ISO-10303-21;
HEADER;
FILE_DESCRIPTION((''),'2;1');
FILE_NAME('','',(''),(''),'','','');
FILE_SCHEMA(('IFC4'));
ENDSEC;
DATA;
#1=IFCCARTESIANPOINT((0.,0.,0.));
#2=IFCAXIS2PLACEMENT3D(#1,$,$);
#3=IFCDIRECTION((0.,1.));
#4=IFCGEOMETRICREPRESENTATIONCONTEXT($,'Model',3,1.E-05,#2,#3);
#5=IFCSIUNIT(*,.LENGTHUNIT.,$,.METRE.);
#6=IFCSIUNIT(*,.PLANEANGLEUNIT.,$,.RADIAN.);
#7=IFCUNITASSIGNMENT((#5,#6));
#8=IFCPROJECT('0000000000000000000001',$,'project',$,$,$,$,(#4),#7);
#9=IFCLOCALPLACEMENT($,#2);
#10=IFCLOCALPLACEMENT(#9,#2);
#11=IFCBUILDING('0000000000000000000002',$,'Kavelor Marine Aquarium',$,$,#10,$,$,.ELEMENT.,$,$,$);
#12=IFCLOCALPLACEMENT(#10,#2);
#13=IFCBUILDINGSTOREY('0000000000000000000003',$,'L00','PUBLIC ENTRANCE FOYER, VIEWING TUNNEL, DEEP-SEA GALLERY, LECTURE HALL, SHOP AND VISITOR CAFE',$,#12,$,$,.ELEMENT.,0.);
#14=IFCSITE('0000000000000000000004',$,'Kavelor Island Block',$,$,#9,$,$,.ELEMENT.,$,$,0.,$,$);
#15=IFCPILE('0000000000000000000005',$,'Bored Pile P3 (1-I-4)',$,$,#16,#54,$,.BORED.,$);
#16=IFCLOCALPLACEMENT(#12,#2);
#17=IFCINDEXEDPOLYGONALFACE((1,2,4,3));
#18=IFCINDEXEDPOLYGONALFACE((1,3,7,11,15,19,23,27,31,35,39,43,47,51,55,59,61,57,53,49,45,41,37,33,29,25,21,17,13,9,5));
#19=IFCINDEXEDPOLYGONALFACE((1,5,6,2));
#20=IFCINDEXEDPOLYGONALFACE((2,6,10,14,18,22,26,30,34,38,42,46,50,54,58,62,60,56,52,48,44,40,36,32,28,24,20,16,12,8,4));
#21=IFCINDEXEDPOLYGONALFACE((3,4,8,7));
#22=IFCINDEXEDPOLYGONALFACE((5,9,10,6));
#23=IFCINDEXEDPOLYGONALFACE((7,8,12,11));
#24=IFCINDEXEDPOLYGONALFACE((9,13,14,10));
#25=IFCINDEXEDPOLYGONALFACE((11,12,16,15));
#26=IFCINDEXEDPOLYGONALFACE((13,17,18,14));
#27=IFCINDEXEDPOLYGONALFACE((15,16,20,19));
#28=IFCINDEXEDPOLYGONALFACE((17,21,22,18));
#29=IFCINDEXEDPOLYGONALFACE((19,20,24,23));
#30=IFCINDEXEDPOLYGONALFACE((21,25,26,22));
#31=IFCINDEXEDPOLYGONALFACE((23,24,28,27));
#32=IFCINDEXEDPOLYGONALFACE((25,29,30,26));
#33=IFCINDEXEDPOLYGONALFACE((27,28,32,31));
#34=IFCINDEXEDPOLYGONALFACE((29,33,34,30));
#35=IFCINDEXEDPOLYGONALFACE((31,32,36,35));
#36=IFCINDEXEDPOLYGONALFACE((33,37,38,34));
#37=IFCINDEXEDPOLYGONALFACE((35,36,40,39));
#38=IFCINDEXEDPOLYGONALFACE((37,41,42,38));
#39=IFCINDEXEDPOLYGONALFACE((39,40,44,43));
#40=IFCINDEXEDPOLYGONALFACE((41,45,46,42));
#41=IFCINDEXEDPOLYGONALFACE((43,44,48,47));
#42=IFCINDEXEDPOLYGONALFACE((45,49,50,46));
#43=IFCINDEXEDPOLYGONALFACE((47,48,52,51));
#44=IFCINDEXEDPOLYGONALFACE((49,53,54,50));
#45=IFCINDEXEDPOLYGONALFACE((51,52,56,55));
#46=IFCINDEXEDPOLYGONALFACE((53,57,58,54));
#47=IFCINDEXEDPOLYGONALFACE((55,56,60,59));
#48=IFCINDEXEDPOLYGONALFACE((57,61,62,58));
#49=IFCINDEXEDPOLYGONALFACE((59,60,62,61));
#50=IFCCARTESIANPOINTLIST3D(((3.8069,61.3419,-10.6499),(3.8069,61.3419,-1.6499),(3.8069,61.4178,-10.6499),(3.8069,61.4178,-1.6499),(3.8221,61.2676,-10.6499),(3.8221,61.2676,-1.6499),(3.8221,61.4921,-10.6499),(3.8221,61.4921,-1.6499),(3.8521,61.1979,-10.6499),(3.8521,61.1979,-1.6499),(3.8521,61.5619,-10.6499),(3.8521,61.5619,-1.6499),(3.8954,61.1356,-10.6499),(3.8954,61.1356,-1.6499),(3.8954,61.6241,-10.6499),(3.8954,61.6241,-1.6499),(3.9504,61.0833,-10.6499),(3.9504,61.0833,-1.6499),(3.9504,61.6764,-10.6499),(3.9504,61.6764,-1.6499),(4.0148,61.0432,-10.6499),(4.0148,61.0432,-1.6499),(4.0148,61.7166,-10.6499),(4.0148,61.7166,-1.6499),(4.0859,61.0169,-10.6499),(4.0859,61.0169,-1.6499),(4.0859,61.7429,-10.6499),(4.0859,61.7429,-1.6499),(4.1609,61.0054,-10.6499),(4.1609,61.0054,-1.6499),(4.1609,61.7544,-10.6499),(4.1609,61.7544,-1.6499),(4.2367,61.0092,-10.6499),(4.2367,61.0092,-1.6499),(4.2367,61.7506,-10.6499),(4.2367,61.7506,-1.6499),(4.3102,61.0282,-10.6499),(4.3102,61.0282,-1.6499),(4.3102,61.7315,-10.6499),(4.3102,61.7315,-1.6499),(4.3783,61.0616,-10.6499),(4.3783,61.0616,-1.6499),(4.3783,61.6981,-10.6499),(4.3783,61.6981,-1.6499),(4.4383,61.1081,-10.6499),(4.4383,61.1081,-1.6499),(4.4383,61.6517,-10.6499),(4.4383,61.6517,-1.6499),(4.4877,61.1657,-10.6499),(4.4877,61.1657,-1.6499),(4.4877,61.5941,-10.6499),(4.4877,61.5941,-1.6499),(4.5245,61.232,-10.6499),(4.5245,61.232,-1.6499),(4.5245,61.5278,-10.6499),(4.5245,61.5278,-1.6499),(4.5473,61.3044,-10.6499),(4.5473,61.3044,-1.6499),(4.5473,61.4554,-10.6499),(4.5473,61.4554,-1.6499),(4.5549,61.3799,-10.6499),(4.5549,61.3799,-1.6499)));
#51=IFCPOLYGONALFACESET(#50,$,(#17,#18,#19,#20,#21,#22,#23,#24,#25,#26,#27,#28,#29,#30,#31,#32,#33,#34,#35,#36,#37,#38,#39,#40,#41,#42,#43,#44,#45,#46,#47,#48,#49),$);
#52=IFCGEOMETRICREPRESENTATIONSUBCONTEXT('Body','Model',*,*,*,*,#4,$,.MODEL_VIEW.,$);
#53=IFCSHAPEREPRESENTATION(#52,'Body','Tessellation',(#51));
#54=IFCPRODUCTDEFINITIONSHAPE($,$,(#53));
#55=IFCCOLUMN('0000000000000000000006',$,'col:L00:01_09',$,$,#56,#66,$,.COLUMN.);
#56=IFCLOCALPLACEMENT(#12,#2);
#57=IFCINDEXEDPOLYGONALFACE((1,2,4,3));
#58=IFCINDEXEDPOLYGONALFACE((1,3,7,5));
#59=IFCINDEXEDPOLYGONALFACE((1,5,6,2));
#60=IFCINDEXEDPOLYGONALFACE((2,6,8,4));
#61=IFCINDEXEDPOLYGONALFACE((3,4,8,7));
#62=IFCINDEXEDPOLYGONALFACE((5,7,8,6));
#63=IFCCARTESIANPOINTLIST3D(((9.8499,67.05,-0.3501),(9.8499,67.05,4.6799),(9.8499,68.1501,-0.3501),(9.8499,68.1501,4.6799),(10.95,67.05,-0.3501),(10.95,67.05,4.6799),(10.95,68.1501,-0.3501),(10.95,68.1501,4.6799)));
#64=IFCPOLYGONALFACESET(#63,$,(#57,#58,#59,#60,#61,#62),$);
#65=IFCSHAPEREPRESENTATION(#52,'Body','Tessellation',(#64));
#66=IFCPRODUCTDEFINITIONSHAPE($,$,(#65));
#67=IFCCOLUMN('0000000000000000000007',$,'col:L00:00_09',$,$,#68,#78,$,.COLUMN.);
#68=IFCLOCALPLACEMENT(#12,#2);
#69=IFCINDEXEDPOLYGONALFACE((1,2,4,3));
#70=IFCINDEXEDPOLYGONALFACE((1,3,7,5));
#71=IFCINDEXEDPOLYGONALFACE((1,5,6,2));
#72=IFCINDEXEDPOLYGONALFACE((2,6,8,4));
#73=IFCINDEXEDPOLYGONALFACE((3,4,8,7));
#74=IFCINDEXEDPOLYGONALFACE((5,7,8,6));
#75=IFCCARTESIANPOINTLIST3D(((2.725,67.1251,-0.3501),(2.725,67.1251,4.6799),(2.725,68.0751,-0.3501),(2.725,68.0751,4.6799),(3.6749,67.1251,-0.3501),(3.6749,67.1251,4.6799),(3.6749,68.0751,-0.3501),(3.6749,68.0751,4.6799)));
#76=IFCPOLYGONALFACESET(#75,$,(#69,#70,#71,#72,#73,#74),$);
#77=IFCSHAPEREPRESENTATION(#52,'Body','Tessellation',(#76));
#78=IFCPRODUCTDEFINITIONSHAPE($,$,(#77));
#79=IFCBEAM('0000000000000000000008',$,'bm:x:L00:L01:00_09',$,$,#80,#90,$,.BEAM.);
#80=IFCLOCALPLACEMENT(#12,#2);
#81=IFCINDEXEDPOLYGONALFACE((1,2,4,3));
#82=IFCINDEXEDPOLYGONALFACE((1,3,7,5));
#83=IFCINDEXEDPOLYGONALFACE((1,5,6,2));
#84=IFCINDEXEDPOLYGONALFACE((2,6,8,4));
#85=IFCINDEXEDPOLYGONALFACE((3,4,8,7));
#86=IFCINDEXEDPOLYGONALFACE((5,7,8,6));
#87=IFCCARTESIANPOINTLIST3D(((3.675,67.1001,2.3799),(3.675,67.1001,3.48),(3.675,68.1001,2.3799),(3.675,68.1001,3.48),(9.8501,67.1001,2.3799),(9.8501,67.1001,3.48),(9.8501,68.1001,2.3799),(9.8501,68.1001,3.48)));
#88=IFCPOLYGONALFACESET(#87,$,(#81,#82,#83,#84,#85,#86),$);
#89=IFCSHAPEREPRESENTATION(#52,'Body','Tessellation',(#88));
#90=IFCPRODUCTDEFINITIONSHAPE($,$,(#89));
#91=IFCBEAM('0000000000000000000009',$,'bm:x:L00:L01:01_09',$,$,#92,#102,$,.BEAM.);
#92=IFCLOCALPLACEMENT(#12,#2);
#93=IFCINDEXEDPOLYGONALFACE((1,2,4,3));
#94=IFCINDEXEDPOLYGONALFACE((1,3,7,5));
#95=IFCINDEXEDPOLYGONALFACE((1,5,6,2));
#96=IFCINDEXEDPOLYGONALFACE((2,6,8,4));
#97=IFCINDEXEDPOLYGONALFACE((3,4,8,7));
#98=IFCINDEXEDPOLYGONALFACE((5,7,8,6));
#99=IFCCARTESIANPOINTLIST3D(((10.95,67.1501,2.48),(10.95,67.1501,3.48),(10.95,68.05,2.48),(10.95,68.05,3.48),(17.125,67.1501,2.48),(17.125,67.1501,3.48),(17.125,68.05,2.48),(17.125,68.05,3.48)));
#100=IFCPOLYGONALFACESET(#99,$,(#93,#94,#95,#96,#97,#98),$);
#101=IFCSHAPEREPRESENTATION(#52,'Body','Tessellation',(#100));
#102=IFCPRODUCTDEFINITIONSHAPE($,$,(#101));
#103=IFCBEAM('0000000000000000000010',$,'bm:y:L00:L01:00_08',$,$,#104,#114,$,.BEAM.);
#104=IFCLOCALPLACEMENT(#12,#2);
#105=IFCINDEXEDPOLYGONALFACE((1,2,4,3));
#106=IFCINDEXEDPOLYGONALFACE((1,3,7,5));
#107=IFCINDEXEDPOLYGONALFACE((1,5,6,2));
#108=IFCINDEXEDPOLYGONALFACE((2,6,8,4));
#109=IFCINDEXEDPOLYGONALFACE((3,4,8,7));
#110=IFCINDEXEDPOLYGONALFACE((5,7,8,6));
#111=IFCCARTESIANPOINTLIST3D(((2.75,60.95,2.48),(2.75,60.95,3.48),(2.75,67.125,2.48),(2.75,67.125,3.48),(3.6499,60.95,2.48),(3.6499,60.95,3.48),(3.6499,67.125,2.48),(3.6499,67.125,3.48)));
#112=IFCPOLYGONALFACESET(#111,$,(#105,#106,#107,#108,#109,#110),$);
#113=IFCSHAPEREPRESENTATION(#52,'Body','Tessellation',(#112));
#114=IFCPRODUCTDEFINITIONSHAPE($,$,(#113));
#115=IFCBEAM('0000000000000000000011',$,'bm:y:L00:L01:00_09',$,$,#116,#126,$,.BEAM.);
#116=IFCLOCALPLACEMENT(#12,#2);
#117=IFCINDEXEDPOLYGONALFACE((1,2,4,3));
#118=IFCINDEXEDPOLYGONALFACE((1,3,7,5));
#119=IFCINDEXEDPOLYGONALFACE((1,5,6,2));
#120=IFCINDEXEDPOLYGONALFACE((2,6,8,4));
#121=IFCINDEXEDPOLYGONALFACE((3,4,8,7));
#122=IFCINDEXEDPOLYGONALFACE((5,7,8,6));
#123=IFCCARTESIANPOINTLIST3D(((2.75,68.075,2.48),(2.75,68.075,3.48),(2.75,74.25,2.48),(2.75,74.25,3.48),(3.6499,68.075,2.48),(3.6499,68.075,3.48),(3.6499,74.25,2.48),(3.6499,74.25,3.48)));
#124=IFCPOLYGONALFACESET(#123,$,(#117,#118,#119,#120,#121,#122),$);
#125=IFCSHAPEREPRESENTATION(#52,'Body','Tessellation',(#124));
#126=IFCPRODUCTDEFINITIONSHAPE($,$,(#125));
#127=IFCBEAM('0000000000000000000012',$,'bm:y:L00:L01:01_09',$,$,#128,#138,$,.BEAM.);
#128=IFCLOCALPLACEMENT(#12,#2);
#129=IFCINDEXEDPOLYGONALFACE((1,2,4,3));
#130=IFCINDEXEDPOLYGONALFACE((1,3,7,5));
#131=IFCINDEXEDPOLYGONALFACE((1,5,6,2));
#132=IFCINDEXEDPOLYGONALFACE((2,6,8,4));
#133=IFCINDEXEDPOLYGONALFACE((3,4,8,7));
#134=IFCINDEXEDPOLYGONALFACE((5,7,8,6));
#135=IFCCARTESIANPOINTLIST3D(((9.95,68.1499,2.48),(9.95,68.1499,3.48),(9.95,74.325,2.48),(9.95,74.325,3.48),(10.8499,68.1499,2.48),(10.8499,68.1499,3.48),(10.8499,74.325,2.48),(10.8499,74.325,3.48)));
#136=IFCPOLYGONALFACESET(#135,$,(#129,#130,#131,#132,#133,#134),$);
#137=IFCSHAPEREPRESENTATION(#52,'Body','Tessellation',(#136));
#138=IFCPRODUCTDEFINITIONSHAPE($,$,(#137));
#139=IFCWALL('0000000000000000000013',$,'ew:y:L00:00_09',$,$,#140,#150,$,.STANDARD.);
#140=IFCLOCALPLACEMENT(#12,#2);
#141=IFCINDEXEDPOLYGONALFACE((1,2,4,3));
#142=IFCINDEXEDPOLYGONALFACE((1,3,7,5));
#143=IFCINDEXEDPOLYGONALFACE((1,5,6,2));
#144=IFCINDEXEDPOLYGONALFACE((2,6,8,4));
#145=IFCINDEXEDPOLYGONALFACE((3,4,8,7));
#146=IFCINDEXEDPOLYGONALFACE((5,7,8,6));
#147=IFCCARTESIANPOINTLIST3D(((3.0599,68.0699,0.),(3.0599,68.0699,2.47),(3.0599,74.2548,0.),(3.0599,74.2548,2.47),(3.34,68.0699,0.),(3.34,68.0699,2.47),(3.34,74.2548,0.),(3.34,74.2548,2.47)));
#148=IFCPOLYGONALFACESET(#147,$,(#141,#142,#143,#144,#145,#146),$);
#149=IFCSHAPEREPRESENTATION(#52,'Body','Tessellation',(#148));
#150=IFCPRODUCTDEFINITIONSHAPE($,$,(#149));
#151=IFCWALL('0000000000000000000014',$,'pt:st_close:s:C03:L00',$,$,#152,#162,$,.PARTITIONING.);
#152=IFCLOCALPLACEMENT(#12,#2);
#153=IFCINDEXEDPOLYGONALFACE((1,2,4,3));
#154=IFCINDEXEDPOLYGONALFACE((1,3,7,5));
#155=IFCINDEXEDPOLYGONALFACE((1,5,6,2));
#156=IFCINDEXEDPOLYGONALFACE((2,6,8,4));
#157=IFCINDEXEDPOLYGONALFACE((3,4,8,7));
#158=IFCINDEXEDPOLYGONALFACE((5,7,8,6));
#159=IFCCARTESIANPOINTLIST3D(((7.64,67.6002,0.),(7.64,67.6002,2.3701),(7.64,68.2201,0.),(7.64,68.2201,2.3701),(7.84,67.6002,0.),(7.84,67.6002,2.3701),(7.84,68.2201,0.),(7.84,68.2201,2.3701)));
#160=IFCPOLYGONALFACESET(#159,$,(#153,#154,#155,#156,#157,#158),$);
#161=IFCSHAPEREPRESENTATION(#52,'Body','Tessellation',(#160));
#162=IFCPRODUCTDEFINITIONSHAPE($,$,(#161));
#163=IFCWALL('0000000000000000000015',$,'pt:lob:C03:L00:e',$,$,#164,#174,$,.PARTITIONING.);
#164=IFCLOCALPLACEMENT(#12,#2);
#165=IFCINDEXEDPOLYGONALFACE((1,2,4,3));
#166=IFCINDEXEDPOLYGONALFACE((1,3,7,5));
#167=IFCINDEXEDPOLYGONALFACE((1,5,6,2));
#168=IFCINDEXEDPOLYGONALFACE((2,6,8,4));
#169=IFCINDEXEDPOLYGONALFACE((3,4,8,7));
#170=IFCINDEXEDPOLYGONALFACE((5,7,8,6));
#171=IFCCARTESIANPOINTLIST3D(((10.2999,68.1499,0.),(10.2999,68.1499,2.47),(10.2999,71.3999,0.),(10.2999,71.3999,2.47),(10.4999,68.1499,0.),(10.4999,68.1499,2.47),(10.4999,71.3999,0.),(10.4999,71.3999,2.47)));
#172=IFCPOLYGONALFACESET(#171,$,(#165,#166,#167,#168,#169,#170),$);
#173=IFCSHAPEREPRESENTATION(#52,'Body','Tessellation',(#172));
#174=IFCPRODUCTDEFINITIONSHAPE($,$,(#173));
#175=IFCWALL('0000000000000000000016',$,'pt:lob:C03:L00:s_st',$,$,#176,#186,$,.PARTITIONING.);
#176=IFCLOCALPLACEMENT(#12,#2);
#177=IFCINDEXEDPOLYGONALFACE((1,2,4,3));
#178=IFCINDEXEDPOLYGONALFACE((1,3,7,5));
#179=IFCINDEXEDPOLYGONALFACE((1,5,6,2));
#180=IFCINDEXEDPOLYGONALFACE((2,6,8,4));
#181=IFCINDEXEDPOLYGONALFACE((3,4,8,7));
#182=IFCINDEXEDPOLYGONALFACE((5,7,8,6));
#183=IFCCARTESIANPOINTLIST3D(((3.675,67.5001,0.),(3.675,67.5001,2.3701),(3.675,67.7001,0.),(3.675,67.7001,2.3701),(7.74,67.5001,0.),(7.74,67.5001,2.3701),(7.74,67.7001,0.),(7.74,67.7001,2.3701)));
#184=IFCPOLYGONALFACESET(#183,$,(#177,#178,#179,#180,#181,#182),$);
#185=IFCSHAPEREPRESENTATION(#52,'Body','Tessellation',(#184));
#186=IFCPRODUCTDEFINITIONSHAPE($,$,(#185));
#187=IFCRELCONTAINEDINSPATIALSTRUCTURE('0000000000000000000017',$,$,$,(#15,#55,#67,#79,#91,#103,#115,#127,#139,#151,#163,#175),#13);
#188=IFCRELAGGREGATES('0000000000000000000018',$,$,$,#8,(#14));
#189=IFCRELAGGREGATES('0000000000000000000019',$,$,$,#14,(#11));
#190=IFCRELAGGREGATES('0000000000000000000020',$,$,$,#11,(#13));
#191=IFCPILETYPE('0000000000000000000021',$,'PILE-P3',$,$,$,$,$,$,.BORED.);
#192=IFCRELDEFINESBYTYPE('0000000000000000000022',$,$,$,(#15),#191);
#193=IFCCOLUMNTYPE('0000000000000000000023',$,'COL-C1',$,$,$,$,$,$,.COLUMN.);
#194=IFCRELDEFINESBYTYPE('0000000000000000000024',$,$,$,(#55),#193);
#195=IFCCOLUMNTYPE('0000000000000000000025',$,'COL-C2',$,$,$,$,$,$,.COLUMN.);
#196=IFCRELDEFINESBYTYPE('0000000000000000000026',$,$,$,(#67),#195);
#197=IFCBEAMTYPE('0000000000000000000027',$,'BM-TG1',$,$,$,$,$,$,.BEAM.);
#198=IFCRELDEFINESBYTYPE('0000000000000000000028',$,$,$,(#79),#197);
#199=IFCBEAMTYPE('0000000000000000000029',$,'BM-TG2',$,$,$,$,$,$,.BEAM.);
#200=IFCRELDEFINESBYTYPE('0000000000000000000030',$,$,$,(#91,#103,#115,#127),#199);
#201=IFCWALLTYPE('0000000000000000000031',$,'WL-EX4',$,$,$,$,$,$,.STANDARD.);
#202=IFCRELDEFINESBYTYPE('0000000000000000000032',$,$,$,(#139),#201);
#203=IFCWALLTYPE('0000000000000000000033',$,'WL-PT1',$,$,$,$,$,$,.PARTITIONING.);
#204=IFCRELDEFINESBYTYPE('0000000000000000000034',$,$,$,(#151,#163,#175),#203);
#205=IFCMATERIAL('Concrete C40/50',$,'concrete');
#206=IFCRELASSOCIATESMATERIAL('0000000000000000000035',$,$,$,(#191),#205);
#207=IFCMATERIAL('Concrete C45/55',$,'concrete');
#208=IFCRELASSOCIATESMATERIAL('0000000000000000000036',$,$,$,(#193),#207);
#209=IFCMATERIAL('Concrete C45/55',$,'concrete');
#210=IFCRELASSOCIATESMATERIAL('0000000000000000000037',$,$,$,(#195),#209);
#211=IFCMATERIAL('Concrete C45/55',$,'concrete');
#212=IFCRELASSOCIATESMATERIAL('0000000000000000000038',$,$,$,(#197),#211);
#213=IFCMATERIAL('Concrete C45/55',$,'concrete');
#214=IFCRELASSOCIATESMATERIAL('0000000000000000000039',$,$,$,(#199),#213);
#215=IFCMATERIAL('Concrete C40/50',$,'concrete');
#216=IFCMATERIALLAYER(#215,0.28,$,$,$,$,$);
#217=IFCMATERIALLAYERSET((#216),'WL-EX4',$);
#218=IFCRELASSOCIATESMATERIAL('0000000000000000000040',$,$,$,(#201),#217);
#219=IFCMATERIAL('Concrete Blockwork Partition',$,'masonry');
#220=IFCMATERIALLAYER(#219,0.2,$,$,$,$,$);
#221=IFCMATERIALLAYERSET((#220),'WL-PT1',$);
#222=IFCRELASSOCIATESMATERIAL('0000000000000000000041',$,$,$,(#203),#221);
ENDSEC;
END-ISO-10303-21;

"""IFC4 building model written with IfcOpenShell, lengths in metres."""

from ifc_helpers import new_model, si_unit, direction, frame, frame_2d, origin, origin_2d, place, context, subcontext, project, spatial, rectangle, circle, extrude, material, layer, layer_set, material_profile, profile_set, type_object, element, save


model = new_model("IFC4")

# Units and contexts
model_context = context("Model", 3, precision=1e-05, world=origin(), true_north=direction((0.0, 1.0)))
body_context = subcontext(model_context, "Body", "Model", "MODEL_VIEW")
ifc_project = project(units=[si_unit("LENGTHUNIT", "METRE"), si_unit("PLANEANGLEUNIT", "RADIAN")], contexts=[model_context])

# Site, building, storey
site_placement = place(None, origin())
site = spatial("IfcSite", under=ifc_project, at=site_placement, Name="Kavelor Island Block", CompositionType="ELEMENT", RefElevation=0.0)
building_placement = place(site_placement, origin())
building = spatial("IfcBuilding", under=site, at=building_placement, Name="Kavelor Marine Aquarium", CompositionType="ELEMENT")
storey_placement = place(building_placement, origin())
storey = spatial("IfcBuildingStorey", under=building, at=storey_placement, Name="L00", Description="PUBLIC ENTRANCE FOYER, VIEWING TUNNEL, DEEP-SEA GALLERY, LECTURE HALL, SHOP AND VISITOR CAFE", CompositionType="ELEMENT", Elevation=0.0)

# Pile
ifc_material_1 = material(Name="Concrete C40/50", Category="concrete")
ifc_material_profile_1 = material_profile(ifc_material_1, circle(Radius=0.375, at=origin_2d()), Name="PILE D750")
ifc_profile_set_1 = profile_set([ifc_material_profile_1], Name="Concrete C40/50")
pile_type_1 = type_object("IfcPileType", Name="PILE-P3", PredefinedType="BORED", material=ifc_profile_set_1)
for number, where, z_axis, x_axis, name in (
    (1, (4.1799, 61.3799, -1.6499), (0.0, 0.0, -1.0), (1.0, 0.0, 0.0), "Bored Pile P3 (1-I-4)"),
):
    element("IfcPile", number, at=place(storey_placement, frame(where, z_axis=z_axis, x_axis=x_axis)), inside=storey, type_object=pile_type_1, Name=name, PredefinedType="BORED", context=body_context, shape_type="SweptSolid", body=[
        extrude(circle(Radius=0.375, at=origin_2d()), origin(), (0.0, 0.0, 1.0), 9.0),
    ])

# Columns
ifc_material_2 = material(Name="Concrete C45/55", Category="concrete")
ifc_material_profile_2 = material_profile(ifc_material_2, rectangle(XDim=1.1001, YDim=1.1001, at=origin_2d()), Name="RC-COL 1100x1100")
ifc_profile_set_2 = profile_set([ifc_material_profile_2], Name="Concrete C45/55")
column_type_1 = type_object("IfcColumnType", Name="COL-C1", PredefinedType="COLUMN", material=ifc_profile_set_2)
column_1_placement = place(storey_placement, frame((10.3999, 67.6001, -0.3501), z_axis=(0.0, 0.0, 1.0), x_axis=(1.0, 0.0, 0.0)))
element("IfcColumn", 2, at=column_1_placement, inside=storey, type_object=column_type_1, Name="col:L00:01_09", PredefinedType="COLUMN", context=body_context, shape_type="SweptSolid", body=[
    extrude(rectangle(XDim=1.1001, YDim=1.1001, at=origin_2d()), origin(), (0.0, 0.0, 1.0), 5.03),
])
ifc_material_3 = material(Name="Concrete C45/55", Category="concrete")
ifc_material_profile_3 = material_profile(ifc_material_3, rectangle(XDim=0.95, YDim=0.95, at=origin_2d()), Name="RC-COL 950x950")
ifc_profile_set_3 = profile_set([ifc_material_profile_3], Name="Concrete C45/55")
column_type_2 = type_object("IfcColumnType", Name="COL-C2", PredefinedType="COLUMN", material=ifc_profile_set_3)
column_2_placement = place(storey_placement, frame((3.2, 67.6001, -0.3501), z_axis=(0.0, 0.0, 1.0), x_axis=(1.0, 0.0, 0.0)))
element("IfcColumn", 3, at=column_2_placement, inside=storey, type_object=column_type_2, Name="col:L00:00_09", PredefinedType="COLUMN", context=body_context, shape_type="SweptSolid", body=[
    extrude(rectangle(XDim=0.95, YDim=0.95, at=origin_2d()), origin(), (0.0, 0.0, 1.0), 5.03),
])

# Beams
ifc_material_4 = material(Name="Concrete C45/55", Category="concrete")
ifc_material_profile_4 = material_profile(ifc_material_4, rectangle(XDim=1.0, YDim=1.1001, at=origin_2d()), Name="RC-TG 1000x1100")
ifc_profile_set_4 = profile_set([ifc_material_profile_4], Name="Concrete C45/55")
beam_type_1 = type_object("IfcBeamType", Name="BM-TG1", PredefinedType="BEAM", material=ifc_profile_set_4)
beam_placement = place(storey_placement, frame((3.675, 67.6001, 2.9299), z_axis=(1.0, 0.0, 0.0), x_axis=(0.0, 1.0, 0.0)))
element("IfcBeam", 4, at=beam_placement, inside=storey, type_object=beam_type_1, Name="bm:x:L00:L01:00_09", PredefinedType="BEAM", context=body_context, shape_type="SweptSolid", body=[
    extrude(rectangle(XDim=1.0, YDim=1.1001, at=origin_2d()), origin(), (0.0, 0.0, 1.0), 6.175),
])
ifc_material_5 = material(Name="Concrete C45/55", Category="concrete")
ifc_material_profile_5 = material_profile(ifc_material_5, rectangle(XDim=0.8999, YDim=1.0, at=origin_2d()), Name="RC-TG 900x1000")
ifc_profile_set_5 = profile_set([ifc_material_profile_5], Name="Concrete C45/55")
beam_type_2 = type_object("IfcBeamType", Name="BM-TG2", PredefinedType="BEAM", material=ifc_profile_set_5)
for number, where, z_axis, x_axis, name in (
    (5, (10.95, 67.6001, 2.98), (1.0, 0.0, 0.0), (0.0, 1.0, 0.0), "bm:x:L00:L01:01_09"),
    (6, (3.2, 60.95, 2.98), (0.0, 1.0, 0.0), (-1.0, 0.0, 0.0), "bm:y:L00:L01:00_08"),
    (7, (3.2, 68.075, 2.98), (0.0, 1.0, 0.0), (-1.0, 0.0, 0.0), "bm:y:L00:L01:00_09"),
    (8, (10.3999, 68.1499, 2.98), (0.0, 1.0, 0.0), (-1.0, 0.0, 0.0), "bm:y:L00:L01:01_09"),
):
    element("IfcBeam", number, at=place(storey_placement, frame(where, z_axis=z_axis, x_axis=x_axis)), inside=storey, type_object=beam_type_2, Name=name, PredefinedType="BEAM", context=body_context, shape_type="SweptSolid", body=[
        extrude(rectangle(XDim=0.8999, YDim=1.0, at=origin_2d()), origin(), (0.0, 0.0, 1.0), 6.175),
    ])

# Walls
ifc_material_6 = material(Name="Concrete C40/50", Category="concrete")
ifc_layer_1 = layer(ifc_material_6, 0.28)
ifc_layer_set_1 = layer_set([ifc_layer_1], Name="WL-EX4")
wall_type_1 = type_object("IfcWallType", Name="WL-EX4", PredefinedType="STANDARD", material=ifc_layer_set_1)
wall_1_placement = place(storey_placement, frame((3.2, 68.0701, 0.0), z_axis=(0.0, 0.0, 1.0), x_axis=(0.0, 1.0, 0.0)))
element("IfcWall", 9, at=wall_1_placement, inside=storey, type_object=wall_type_1, Name="ew:y:L00:00_09", PredefinedType="STANDARD", context=body_context, shape_type="SweptSolid", body=[
    extrude(rectangle(XDim=6.1848, YDim=0.28, at=frame_2d((3.0923, 0.0))), origin(), (0.0, 0.0, 1.0), 2.47),
])
ifc_material_7 = material(Name="Concrete Blockwork Partition", Category="masonry")
ifc_layer_2 = layer(ifc_material_7, 0.2)
ifc_layer_set_2 = layer_set([ifc_layer_2], Name="WL-PT1")
wall_type_2 = type_object("IfcWallType", Name="WL-PT1", PredefinedType="PARTITIONING", material=ifc_layer_set_2)
wall_2_placement = place(storey_placement, frame((7.74, 67.6001, 0.0), z_axis=(0.0, 0.0, 1.0), x_axis=(0.0, 1.0, 0.0)))
element("IfcWall", 10, at=wall_2_placement, inside=storey, type_object=wall_type_2, Name="pt:st_close:s:C03:L00", PredefinedType="PARTITIONING", context=body_context, shape_type="SweptSolid", body=[
    extrude(rectangle(XDim=0.6199, YDim=0.2, at=frame_2d((0.3101, 0.0))), origin(), (0.0, 0.0, 1.0), 2.3701),
])
wall_3_placement = place(storey_placement, frame((10.3999, 68.1499, 0.0), z_axis=(0.0, 0.0, 1.0), x_axis=(0.0, 1.0, 0.0)))
element("IfcWall", 11, at=wall_3_placement, inside=storey, type_object=wall_type_2, Name="pt:lob:C03:L00:e", PredefinedType="PARTITIONING", context=body_context, shape_type="SweptSolid", body=[
    extrude(rectangle(XDim=3.25, YDim=0.2, at=frame_2d((1.625, 0.0))), origin(), (0.0, 0.0, 1.0), 2.47),
])
wall_4_placement = place(storey_placement, frame((3.675, 67.6001, 0.0), z_axis=(0.0, 0.0, 1.0), x_axis=(1.0, 0.0, 0.0)))
element("IfcWall", 12, at=wall_4_placement, inside=storey, type_object=wall_type_2, Name="pt:lob:C03:L00:s_st", PredefinedType="PARTITIONING", context=body_context, shape_type="SweptSolid", body=[
    extrude(rectangle(XDim=4.0649, YDim=0.2, at=frame_2d((2.0325, 0.0))), origin(), (0.0, 0.0, 1.0), 2.3701),
])

save(model, "model.ifc")
